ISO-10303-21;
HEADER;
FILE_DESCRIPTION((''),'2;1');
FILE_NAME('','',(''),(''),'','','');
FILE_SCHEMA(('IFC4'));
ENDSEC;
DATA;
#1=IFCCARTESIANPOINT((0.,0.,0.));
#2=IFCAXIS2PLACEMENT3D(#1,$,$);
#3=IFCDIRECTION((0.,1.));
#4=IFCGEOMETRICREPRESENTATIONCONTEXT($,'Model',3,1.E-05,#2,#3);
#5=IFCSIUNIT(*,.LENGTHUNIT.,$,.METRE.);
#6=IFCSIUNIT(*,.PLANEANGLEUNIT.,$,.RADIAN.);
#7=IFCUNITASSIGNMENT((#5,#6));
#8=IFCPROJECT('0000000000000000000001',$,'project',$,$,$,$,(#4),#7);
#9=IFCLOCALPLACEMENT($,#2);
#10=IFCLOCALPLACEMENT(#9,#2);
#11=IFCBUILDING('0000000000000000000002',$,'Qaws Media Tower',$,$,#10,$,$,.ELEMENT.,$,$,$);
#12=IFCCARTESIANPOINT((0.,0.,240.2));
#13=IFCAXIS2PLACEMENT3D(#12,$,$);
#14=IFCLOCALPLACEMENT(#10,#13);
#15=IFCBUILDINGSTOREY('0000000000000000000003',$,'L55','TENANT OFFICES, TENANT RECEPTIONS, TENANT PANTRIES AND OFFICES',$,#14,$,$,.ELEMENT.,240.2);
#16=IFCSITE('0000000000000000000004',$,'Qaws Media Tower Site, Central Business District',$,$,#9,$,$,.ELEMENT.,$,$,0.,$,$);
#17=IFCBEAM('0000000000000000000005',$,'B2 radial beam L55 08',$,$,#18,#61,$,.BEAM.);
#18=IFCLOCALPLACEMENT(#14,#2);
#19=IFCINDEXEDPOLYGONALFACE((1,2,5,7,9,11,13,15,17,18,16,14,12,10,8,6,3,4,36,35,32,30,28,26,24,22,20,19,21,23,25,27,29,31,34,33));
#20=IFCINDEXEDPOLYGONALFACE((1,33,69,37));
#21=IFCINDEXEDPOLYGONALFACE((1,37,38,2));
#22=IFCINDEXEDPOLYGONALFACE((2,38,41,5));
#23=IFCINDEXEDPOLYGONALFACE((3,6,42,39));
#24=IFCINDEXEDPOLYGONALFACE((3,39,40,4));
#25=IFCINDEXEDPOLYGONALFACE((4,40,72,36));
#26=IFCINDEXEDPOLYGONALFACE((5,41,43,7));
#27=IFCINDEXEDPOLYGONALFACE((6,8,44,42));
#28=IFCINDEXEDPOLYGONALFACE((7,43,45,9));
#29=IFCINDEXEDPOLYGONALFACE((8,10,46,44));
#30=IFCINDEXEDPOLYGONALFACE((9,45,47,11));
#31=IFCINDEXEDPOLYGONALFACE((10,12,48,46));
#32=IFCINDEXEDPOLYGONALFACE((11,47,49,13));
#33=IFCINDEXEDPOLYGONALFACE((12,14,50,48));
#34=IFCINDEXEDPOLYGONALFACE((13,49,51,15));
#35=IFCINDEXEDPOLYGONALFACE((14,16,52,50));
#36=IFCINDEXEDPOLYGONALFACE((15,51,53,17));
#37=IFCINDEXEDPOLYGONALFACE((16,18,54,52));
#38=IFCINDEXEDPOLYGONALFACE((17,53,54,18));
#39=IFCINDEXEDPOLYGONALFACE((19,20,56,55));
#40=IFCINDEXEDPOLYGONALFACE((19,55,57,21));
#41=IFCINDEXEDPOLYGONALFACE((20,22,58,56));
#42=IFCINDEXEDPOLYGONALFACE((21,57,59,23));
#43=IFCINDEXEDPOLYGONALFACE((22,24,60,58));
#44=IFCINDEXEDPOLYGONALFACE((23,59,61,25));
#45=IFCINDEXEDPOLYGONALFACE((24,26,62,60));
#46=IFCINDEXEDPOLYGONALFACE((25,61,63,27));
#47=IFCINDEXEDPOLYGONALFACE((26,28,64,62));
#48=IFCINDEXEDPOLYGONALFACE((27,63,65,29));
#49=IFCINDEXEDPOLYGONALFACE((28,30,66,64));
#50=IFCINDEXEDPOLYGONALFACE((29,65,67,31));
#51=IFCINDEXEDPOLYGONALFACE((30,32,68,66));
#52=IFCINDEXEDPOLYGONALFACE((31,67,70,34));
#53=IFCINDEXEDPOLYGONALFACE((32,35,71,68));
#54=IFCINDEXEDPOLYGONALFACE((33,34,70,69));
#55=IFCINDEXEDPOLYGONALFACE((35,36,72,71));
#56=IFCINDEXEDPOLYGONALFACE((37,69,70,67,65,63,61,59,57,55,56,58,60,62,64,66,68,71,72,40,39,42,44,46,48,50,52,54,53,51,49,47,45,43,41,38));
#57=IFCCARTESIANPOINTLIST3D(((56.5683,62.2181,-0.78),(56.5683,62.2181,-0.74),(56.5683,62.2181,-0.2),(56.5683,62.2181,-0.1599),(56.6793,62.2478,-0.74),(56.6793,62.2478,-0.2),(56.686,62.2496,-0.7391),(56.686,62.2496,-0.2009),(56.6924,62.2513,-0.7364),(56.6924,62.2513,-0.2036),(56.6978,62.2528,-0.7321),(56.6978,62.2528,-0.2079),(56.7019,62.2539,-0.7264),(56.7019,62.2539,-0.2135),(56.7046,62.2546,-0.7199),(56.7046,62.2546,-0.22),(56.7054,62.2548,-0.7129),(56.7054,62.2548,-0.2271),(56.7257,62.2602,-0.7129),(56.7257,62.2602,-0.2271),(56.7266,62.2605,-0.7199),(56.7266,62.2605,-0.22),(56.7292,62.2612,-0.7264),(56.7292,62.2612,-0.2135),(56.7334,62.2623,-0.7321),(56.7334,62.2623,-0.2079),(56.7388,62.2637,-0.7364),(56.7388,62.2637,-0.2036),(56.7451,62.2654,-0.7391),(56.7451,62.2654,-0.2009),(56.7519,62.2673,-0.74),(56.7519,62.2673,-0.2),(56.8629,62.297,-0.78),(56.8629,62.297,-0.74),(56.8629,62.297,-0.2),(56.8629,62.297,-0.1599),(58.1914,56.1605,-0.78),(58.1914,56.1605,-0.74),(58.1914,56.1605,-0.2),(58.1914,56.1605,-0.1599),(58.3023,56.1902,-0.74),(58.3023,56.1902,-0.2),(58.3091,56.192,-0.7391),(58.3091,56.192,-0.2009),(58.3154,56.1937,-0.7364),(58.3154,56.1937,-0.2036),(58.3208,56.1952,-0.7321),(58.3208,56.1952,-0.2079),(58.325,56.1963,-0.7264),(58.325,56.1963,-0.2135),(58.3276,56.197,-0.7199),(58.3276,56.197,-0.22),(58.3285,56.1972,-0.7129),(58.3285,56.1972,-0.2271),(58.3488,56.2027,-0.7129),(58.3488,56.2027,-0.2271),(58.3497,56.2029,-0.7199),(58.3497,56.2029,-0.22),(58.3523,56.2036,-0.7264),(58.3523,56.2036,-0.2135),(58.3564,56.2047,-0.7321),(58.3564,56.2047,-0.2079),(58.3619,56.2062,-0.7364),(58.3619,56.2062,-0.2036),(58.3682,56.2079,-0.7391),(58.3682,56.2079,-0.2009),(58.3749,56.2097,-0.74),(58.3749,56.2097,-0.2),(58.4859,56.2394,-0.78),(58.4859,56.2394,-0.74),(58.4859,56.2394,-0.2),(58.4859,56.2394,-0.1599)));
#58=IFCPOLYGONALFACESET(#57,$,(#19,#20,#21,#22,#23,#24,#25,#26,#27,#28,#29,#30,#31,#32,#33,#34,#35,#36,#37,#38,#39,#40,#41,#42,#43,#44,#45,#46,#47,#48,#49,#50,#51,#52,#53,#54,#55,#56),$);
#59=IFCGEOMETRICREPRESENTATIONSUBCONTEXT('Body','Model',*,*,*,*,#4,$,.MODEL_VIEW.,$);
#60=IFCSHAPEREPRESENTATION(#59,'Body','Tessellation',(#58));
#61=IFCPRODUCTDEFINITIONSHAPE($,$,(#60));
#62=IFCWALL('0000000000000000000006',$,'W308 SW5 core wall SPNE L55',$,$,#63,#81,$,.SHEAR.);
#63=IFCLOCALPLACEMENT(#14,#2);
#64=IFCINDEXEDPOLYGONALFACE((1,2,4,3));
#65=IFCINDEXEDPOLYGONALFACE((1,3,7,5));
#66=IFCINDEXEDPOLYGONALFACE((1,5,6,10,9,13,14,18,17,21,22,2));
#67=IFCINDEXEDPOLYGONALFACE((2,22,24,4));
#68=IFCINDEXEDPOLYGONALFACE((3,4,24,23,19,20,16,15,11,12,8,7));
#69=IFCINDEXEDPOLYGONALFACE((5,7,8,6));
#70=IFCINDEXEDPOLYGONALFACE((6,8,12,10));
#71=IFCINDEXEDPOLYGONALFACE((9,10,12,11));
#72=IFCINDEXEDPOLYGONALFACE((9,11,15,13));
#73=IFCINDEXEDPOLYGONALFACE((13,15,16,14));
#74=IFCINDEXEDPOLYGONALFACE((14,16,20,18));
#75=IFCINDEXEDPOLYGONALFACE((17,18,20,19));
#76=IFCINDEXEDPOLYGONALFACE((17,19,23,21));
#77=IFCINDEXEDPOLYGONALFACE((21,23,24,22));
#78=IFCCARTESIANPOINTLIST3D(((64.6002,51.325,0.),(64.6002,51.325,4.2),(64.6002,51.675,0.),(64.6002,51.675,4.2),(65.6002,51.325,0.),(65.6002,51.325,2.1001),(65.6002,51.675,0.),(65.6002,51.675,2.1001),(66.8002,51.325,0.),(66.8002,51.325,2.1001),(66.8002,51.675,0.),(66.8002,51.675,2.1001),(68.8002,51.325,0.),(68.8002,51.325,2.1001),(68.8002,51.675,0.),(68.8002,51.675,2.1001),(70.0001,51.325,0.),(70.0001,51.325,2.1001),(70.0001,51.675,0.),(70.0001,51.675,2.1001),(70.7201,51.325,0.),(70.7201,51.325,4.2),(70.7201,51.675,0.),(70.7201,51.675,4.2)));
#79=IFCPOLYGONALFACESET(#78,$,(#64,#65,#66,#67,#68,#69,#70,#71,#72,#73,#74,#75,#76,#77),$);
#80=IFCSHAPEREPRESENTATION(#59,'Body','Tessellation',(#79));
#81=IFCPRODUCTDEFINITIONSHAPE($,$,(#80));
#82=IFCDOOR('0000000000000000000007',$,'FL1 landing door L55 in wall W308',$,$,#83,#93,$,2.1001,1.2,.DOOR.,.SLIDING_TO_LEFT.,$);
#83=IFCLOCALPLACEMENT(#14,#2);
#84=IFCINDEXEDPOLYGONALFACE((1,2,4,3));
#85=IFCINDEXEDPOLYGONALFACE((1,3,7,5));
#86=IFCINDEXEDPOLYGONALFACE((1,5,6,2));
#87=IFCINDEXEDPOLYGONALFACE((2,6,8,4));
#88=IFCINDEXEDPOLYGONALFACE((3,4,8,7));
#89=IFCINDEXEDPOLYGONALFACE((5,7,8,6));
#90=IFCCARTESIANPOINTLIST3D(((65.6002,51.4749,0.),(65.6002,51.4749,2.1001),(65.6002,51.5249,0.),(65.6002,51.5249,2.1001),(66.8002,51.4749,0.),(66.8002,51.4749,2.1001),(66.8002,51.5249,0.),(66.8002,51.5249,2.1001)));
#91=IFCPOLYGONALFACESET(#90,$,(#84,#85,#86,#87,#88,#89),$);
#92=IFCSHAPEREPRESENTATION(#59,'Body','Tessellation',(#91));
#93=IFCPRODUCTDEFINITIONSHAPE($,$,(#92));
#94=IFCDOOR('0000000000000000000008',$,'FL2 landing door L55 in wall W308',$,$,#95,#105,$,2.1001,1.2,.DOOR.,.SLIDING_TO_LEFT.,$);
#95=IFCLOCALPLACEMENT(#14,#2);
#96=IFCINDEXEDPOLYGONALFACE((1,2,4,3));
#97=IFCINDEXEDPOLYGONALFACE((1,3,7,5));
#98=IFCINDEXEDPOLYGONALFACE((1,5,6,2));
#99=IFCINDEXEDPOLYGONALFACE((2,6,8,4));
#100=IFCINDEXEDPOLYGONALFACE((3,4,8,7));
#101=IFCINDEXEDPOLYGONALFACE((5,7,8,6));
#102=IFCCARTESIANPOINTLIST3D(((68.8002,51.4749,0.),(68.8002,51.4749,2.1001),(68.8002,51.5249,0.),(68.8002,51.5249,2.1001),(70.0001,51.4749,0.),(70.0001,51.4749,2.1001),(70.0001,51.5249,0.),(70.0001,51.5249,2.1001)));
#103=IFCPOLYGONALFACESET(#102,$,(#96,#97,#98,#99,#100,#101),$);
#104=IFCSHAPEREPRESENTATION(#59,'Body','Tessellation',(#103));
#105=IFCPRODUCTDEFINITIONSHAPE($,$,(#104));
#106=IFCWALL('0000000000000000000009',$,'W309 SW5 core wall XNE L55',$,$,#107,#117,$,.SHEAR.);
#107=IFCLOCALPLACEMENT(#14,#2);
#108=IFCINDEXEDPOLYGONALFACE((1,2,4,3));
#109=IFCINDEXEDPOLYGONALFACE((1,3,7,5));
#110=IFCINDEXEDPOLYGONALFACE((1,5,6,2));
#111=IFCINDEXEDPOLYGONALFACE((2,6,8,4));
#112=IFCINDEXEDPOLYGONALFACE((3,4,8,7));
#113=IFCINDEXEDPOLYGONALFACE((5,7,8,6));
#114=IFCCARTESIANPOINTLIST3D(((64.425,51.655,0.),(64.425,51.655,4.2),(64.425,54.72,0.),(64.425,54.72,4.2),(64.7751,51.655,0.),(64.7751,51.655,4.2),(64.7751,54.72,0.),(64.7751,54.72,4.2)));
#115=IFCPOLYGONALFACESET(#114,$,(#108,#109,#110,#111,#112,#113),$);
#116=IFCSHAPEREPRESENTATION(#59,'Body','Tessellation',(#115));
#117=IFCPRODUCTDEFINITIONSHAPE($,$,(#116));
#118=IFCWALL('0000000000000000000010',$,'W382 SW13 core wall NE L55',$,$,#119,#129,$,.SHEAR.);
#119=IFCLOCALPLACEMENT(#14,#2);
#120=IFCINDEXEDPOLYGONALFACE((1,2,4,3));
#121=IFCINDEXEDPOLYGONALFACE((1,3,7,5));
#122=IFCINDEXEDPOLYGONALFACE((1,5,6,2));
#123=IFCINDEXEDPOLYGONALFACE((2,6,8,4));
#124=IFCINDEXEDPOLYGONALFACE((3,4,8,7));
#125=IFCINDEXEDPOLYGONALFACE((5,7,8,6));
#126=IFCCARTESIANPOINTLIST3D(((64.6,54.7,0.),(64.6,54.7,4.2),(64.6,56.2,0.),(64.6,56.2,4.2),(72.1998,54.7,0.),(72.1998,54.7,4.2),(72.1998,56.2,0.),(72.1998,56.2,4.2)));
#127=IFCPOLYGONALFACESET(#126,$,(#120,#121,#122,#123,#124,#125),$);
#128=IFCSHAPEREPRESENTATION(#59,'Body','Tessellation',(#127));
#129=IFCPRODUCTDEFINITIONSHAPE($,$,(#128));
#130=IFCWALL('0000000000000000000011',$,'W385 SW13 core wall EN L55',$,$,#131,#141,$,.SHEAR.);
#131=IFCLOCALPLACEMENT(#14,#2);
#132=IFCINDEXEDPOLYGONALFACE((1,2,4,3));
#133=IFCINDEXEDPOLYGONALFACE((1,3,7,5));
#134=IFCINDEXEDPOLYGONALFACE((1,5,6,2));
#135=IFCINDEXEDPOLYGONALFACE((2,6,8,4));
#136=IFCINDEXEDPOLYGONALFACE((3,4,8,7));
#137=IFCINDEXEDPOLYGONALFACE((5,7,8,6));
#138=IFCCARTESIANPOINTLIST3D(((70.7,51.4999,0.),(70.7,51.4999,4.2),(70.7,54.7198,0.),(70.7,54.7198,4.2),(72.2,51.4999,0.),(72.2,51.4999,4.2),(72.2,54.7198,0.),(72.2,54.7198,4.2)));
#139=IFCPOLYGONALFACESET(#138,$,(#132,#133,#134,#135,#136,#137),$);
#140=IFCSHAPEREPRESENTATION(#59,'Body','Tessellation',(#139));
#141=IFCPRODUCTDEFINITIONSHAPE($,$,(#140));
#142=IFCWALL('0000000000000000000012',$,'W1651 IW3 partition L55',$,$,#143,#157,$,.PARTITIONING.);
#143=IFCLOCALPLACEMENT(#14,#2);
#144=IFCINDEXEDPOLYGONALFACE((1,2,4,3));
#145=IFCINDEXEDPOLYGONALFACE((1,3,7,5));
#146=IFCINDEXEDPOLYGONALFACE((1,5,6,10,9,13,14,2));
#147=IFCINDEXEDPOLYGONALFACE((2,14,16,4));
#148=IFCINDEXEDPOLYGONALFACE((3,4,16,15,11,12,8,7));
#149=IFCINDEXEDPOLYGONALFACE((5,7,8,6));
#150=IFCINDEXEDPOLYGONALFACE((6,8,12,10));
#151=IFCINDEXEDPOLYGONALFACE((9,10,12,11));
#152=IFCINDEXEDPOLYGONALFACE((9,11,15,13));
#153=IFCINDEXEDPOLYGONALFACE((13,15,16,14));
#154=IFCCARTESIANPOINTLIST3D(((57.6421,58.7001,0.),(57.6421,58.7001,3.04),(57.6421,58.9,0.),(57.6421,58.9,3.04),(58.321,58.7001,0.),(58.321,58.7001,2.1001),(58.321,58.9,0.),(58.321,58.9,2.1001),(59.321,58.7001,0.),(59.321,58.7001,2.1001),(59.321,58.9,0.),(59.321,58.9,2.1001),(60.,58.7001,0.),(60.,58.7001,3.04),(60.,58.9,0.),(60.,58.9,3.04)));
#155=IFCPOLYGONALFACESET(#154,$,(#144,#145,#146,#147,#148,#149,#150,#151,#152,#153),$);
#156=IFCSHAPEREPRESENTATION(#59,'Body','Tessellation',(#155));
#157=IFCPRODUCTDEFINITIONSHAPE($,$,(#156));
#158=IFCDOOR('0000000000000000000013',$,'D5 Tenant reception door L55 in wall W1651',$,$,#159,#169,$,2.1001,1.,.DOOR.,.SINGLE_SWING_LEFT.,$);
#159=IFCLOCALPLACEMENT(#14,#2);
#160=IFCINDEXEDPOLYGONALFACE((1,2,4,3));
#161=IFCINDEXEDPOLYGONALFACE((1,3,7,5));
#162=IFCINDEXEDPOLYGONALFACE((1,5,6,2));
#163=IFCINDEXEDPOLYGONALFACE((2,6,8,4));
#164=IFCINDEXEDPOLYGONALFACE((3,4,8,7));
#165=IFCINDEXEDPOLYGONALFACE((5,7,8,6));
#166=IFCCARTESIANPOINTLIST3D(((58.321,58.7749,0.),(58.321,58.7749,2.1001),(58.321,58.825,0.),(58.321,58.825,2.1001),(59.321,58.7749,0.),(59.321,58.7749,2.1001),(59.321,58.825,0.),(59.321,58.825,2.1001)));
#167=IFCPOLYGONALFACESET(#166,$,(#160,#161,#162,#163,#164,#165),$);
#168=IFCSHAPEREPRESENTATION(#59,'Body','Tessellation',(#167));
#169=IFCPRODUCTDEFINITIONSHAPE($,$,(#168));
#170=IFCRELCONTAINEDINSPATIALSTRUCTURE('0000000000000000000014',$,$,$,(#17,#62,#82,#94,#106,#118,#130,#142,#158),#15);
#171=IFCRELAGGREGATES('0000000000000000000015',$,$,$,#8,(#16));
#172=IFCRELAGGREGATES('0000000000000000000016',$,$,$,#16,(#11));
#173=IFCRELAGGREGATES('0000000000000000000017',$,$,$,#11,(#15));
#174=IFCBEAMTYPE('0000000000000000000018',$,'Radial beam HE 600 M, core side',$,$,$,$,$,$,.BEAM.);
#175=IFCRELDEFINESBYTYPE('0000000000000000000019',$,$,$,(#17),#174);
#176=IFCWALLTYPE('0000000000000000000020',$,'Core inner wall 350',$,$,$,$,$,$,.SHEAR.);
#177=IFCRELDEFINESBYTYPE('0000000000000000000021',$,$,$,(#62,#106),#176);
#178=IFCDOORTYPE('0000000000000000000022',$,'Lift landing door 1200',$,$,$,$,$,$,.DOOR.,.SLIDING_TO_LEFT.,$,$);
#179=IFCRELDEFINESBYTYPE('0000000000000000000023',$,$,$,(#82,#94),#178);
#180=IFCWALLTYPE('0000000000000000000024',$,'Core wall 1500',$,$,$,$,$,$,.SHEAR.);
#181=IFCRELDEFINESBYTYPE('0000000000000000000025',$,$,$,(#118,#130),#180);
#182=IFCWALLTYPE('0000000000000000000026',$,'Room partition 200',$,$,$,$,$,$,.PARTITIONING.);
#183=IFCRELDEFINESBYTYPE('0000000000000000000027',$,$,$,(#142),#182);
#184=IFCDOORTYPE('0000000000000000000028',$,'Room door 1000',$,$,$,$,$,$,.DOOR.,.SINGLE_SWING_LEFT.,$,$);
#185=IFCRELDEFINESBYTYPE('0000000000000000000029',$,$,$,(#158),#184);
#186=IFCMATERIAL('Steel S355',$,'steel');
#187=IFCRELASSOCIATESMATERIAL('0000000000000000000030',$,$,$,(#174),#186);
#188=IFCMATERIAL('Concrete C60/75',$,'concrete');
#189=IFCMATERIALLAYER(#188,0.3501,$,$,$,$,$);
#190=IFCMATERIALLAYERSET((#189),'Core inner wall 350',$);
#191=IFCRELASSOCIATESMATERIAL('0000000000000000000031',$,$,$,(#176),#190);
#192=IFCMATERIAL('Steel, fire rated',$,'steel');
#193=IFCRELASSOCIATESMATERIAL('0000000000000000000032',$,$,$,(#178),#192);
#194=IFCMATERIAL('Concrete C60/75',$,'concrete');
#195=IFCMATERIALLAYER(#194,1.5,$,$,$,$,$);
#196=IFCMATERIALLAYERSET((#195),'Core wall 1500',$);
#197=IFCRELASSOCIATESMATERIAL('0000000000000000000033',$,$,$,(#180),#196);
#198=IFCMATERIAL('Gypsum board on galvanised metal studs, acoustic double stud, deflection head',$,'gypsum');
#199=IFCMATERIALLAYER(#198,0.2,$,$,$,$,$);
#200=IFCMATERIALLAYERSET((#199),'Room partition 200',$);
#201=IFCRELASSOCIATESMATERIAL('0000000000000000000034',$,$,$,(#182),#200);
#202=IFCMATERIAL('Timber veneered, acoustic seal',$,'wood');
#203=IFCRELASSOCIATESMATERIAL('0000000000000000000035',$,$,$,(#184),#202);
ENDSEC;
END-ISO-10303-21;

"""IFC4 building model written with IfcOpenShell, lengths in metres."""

from ifc_helpers import new_model, si_unit, direction, frame, frame_2d, origin, origin_2d, place, context, subcontext, project, spatial, rectangle, i_section, extrude, material, layer, layer_set, material_profile, profile_set, type_object, element, fill, save


model = new_model("IFC4")

# Units and contexts
model_context = context("Model", 3, precision=1e-05, world=origin(), true_north=direction((0.0, 1.0)))
body_context = subcontext(model_context, "Body", "Model", "MODEL_VIEW")
ifc_project = project(units=[si_unit("LENGTHUNIT", "METRE"), si_unit("PLANEANGLEUNIT", "RADIAN")], contexts=[model_context])

# Site, building, storey
site_placement = place(None, origin())
site = spatial("IfcSite", under=ifc_project, at=site_placement, Name="Qaws Media Tower Site, Central Business District", CompositionType="ELEMENT", RefElevation=0.0)
building_placement = place(site_placement, origin())
building = spatial("IfcBuilding", under=site, at=building_placement, Name="Qaws Media Tower", CompositionType="ELEMENT")
storey_placement = place(building_placement, frame((0.0, 0.0, 240.2)))
storey = spatial("IfcBuildingStorey", under=building, at=storey_placement, Name="L55", Description="TENANT OFFICES, TENANT RECEPTIONS, TENANT PANTRIES AND OFFICES", CompositionType="ELEMENT", Elevation=240.2)

# Beam
ifc_material_1 = material(Name="Steel S355", Category="steel")
ifc_material_profile = material_profile(ifc_material_1, i_section(OverallWidth=0.3049, OverallDepth=0.6201, WebThickness=0.021, FlangeThickness=0.04, FilletRadius=0.0271, at=origin_2d()), Name="HE 600 M")
ifc_profile_set = profile_set([ifc_material_profile], Name="Steel S355")
beam_type = type_object("IfcBeamType", Name="Radial beam HE 600 M, core side", PredefinedType="BEAM", material=ifc_profile_set)
beam_1_placement = place(storey_placement, frame((58.3386, 56.2, -0.47), z_axis=(-0.258806, 0.965929, 0.0), x_axis=(-0.965929, -0.258806, 0.0)))
element("IfcBeam", 1, at=beam_1_placement, inside=storey, type_object=beam_type, Name="B2 radial beam L55 08", PredefinedType="BEAM", context=body_context, shape_type="SweptSolid", body=[
    extrude(i_section(OverallWidth=0.3049, OverallDepth=0.6201, WebThickness=0.021, FlangeThickness=0.04, FilletRadius=0.0271, at=origin_2d()), origin(), (0.0, 0.0, 1.0), 6.2712),
])

# Wall, openings, doors
ifc_material_2 = material(Name="Concrete C60/75", Category="concrete")
ifc_layer_1 = layer(ifc_material_2, 0.3501)
ifc_layer_set_1 = layer_set([ifc_layer_1], Name="Core inner wall 350")
wall_type_1 = type_object("IfcWallType", Name="Core inner wall 350", PredefinedType="SHEAR", material=ifc_layer_set_1)
wall_1_placement = place(storey_placement, frame((64.6001, 51.5, 0.0), z_axis=(0.0, 0.0, 1.0), x_axis=(1.0, 0.0, 0.0)))
wall_1 = element("IfcWall", 2, at=wall_1_placement, inside=storey, type_object=wall_type_1, Name="W308 SW5 core wall SPNE L55", PredefinedType="SHEAR", context=body_context, shape_type="SweptSolid", body=[
    extrude(rectangle(XDim=6.1199, YDim=0.3501, at=frame_2d((3.0601, 0.0))), origin(), (0.0, 0.0, 1.0), 4.2),
])
opening_1_placement = place(wall_1_placement, frame((1.0, 0.0, 0.0)))
opening_1 = element("IfcOpeningElement", 3, at=opening_1_placement, cuts=wall_1, PredefinedType="OPENING", context=body_context, shape_type="SweptSolid", body=[
    extrude(rectangle(XDim=1.2, YDim=2.1001, at=frame_2d((0.6001, 1.05))), frame((0.0, 0.1851, 0.0), z_axis=(0.0, -1.0, 0.0), x_axis=(1.0, 0.0, 0.0)), (0.0, 0.0, 1.0), 0.3701),
])
opening_2_placement = place(wall_1_placement, frame((4.2, 0.0, 0.0)))
opening_2 = element("IfcOpeningElement", 4, at=opening_2_placement, cuts=wall_1, PredefinedType="OPENING", context=body_context, shape_type="SweptSolid", body=[
    extrude(rectangle(XDim=1.2, YDim=2.1001, at=frame_2d((0.6001, 1.05))), frame((0.0, 0.1851, 0.0), z_axis=(0.0, -1.0, 0.0), x_axis=(1.0, 0.0, 0.0)), (0.0, 0.0, 1.0), 0.3701),
])
ifc_material_3 = material(Name="Steel, fire rated", Category="steel")
door_type_1 = type_object("IfcDoorType", Name="Lift landing door 1200", OperationType="SLIDING_TO_LEFT", PredefinedType="DOOR", material=ifc_material_3)
door_1_placement = place(opening_1_placement, origin())
door_1 = element("IfcDoor", 5, at=door_1_placement, inside=storey, type_object=door_type_1, Name="FL1 landing door L55 in wall W308", OperationType="SLIDING_TO_LEFT", OverallHeight=2.1001, OverallWidth=1.2, PredefinedType="DOOR", context=body_context, shape_type="SweptSolid", body=[
    extrude(rectangle(XDim=1.2, YDim=2.1001, at=frame_2d((0.6001, 1.05))), frame((0.0, 0.0249, 0.0), z_axis=(0.0, -1.0, 0.0), x_axis=(1.0, 0.0, 0.0)), (0.0, 0.0, 1.0), 0.05),
])
fill(opening_1, door_1)
door_2_placement = place(opening_2_placement, origin())
door_2 = element("IfcDoor", 6, at=door_2_placement, inside=storey, type_object=door_type_1, Name="FL2 landing door L55 in wall W308", OperationType="SLIDING_TO_LEFT", OverallHeight=2.1001, OverallWidth=1.2, PredefinedType="DOOR", context=body_context, shape_type="SweptSolid", body=[
    extrude(rectangle(XDim=1.2, YDim=2.1001, at=frame_2d((0.6001, 1.05))), frame((0.0, 0.0249, 0.0), z_axis=(0.0, -1.0, 0.0), x_axis=(1.0, 0.0, 0.0)), (0.0, 0.0, 1.0), 0.05),
])
fill(opening_2, door_2)

# Walls
wall_2_placement = place(storey_placement, frame((64.6001, 51.655, 0.0), z_axis=(0.0, 0.0, 1.0), x_axis=(0.0, 1.0, 0.0)))
element("IfcWall", 7, at=wall_2_placement, inside=storey, type_object=wall_type_1, Name="W309 SW5 core wall XNE L55", PredefinedType="SHEAR", context=body_context, shape_type="SweptSolid", body=[
    extrude(rectangle(XDim=3.0649, YDim=0.3501, at=frame_2d((1.5325, 0.0))), origin(), (0.0, 0.0, 1.0), 4.2),
])
ifc_material_4 = material(Name="Concrete C60/75", Category="concrete")
ifc_layer_2 = layer(ifc_material_4, 1.5)
ifc_layer_set_2 = layer_set([ifc_layer_2], Name="Core wall 1500")
wall_type_2 = type_object("IfcWallType", Name="Core wall 1500", PredefinedType="SHEAR", material=ifc_layer_set_2)
wall_3_placement = place(storey_placement, frame((64.6001, 55.45, 0.0), z_axis=(0.0, 0.0, 1.0), x_axis=(1.0, 0.0, 0.0)))
element("IfcWall", 8, at=wall_3_placement, inside=storey, type_object=wall_type_2, Name="W382 SW13 core wall NE L55", PredefinedType="SHEAR", context=body_context, shape_type="SweptSolid", body=[
    extrude(rectangle(XDim=7.5999, YDim=1.5, at=frame_2d((3.7998, 0.0))), origin(), (0.0, 0.0, 1.0), 4.2),
])
wall_4_placement = place(storey_placement, frame((71.45, 51.5, 0.0), z_axis=(0.0, 0.0, 1.0), x_axis=(0.0, 1.0, 0.0)))
element("IfcWall", 9, at=wall_4_placement, inside=storey, type_object=wall_type_2, Name="W385 SW13 core wall EN L55", PredefinedType="SHEAR", context=body_context, shape_type="SweptSolid", body=[
    extrude(rectangle(XDim=3.22, YDim=1.5, at=frame_2d((1.6099, 0.0))), origin(), (0.0, 0.0, 1.0), 4.2),
])

# Wall, opening, door
ifc_material_5 = material(Name="Gypsum board on galvanised metal studs, acoustic double stud, deflection head", Category="gypsum")
ifc_layer_3 = layer(ifc_material_5, 0.2)
ifc_layer_set_3 = layer_set([ifc_layer_3], Name="Room partition 200")
wall_type_3 = type_object("IfcWallType", Name="Room partition 200", PredefinedType="PARTITIONING", material=ifc_layer_set_3)
wall_5_placement = place(storey_placement, frame((57.6421, 58.8, 0.0), z_axis=(0.0, 0.0, 1.0), x_axis=(1.0, 0.0, 0.0)))
wall_5 = element("IfcWall", 10, at=wall_5_placement, inside=storey, type_object=wall_type_3, Name="W1651 IW3 partition L55", PredefinedType="PARTITIONING", context=body_context, shape_type="SweptSolid", body=[
    extrude(rectangle(XDim=2.3579, YDim=0.2, at=frame_2d((1.179, 0.0))), origin(), (0.0, 0.0, 1.0), 3.04),
])
opening_3_placement = place(wall_5_placement, frame((0.679, 0.0, 0.0)))
opening_3 = element("IfcOpeningElement", 11, at=opening_3_placement, cuts=wall_5, PredefinedType="OPENING", context=body_context, shape_type="SweptSolid", body=[
    extrude(rectangle(XDim=1.0, YDim=2.1001, at=frame_2d((0.5, 1.05))), frame((0.0, 0.1099, 0.0), z_axis=(0.0, -1.0, 0.0), x_axis=(1.0, 0.0, 0.0)), (0.0, 0.0, 1.0), 0.22),
])
ifc_material_6 = material(Name="Timber veneered, acoustic seal", Category="wood")
door_type_2 = type_object("IfcDoorType", Name="Room door 1000", OperationType="SINGLE_SWING_LEFT", PredefinedType="DOOR", material=ifc_material_6)
door_3_placement = place(opening_3_placement, origin())
door_3 = element("IfcDoor", 12, at=door_3_placement, inside=storey, type_object=door_type_2, Name="D5 Tenant reception door L55 in wall W1651", OperationType="SINGLE_SWING_LEFT", OverallHeight=2.1001, OverallWidth=1.0, PredefinedType="DOOR", context=body_context, shape_type="SweptSolid", body=[
    extrude(rectangle(XDim=1.0, YDim=2.1001, at=frame_2d((0.5, 1.05))), frame((0.0, 0.0249, 0.0), z_axis=(0.0, -1.0, 0.0), x_axis=(1.0, 0.0, 0.0)), (0.0, 0.0, 1.0), 0.05),
])
fill(opening_3, door_3)

save(model, "model.ifc")
